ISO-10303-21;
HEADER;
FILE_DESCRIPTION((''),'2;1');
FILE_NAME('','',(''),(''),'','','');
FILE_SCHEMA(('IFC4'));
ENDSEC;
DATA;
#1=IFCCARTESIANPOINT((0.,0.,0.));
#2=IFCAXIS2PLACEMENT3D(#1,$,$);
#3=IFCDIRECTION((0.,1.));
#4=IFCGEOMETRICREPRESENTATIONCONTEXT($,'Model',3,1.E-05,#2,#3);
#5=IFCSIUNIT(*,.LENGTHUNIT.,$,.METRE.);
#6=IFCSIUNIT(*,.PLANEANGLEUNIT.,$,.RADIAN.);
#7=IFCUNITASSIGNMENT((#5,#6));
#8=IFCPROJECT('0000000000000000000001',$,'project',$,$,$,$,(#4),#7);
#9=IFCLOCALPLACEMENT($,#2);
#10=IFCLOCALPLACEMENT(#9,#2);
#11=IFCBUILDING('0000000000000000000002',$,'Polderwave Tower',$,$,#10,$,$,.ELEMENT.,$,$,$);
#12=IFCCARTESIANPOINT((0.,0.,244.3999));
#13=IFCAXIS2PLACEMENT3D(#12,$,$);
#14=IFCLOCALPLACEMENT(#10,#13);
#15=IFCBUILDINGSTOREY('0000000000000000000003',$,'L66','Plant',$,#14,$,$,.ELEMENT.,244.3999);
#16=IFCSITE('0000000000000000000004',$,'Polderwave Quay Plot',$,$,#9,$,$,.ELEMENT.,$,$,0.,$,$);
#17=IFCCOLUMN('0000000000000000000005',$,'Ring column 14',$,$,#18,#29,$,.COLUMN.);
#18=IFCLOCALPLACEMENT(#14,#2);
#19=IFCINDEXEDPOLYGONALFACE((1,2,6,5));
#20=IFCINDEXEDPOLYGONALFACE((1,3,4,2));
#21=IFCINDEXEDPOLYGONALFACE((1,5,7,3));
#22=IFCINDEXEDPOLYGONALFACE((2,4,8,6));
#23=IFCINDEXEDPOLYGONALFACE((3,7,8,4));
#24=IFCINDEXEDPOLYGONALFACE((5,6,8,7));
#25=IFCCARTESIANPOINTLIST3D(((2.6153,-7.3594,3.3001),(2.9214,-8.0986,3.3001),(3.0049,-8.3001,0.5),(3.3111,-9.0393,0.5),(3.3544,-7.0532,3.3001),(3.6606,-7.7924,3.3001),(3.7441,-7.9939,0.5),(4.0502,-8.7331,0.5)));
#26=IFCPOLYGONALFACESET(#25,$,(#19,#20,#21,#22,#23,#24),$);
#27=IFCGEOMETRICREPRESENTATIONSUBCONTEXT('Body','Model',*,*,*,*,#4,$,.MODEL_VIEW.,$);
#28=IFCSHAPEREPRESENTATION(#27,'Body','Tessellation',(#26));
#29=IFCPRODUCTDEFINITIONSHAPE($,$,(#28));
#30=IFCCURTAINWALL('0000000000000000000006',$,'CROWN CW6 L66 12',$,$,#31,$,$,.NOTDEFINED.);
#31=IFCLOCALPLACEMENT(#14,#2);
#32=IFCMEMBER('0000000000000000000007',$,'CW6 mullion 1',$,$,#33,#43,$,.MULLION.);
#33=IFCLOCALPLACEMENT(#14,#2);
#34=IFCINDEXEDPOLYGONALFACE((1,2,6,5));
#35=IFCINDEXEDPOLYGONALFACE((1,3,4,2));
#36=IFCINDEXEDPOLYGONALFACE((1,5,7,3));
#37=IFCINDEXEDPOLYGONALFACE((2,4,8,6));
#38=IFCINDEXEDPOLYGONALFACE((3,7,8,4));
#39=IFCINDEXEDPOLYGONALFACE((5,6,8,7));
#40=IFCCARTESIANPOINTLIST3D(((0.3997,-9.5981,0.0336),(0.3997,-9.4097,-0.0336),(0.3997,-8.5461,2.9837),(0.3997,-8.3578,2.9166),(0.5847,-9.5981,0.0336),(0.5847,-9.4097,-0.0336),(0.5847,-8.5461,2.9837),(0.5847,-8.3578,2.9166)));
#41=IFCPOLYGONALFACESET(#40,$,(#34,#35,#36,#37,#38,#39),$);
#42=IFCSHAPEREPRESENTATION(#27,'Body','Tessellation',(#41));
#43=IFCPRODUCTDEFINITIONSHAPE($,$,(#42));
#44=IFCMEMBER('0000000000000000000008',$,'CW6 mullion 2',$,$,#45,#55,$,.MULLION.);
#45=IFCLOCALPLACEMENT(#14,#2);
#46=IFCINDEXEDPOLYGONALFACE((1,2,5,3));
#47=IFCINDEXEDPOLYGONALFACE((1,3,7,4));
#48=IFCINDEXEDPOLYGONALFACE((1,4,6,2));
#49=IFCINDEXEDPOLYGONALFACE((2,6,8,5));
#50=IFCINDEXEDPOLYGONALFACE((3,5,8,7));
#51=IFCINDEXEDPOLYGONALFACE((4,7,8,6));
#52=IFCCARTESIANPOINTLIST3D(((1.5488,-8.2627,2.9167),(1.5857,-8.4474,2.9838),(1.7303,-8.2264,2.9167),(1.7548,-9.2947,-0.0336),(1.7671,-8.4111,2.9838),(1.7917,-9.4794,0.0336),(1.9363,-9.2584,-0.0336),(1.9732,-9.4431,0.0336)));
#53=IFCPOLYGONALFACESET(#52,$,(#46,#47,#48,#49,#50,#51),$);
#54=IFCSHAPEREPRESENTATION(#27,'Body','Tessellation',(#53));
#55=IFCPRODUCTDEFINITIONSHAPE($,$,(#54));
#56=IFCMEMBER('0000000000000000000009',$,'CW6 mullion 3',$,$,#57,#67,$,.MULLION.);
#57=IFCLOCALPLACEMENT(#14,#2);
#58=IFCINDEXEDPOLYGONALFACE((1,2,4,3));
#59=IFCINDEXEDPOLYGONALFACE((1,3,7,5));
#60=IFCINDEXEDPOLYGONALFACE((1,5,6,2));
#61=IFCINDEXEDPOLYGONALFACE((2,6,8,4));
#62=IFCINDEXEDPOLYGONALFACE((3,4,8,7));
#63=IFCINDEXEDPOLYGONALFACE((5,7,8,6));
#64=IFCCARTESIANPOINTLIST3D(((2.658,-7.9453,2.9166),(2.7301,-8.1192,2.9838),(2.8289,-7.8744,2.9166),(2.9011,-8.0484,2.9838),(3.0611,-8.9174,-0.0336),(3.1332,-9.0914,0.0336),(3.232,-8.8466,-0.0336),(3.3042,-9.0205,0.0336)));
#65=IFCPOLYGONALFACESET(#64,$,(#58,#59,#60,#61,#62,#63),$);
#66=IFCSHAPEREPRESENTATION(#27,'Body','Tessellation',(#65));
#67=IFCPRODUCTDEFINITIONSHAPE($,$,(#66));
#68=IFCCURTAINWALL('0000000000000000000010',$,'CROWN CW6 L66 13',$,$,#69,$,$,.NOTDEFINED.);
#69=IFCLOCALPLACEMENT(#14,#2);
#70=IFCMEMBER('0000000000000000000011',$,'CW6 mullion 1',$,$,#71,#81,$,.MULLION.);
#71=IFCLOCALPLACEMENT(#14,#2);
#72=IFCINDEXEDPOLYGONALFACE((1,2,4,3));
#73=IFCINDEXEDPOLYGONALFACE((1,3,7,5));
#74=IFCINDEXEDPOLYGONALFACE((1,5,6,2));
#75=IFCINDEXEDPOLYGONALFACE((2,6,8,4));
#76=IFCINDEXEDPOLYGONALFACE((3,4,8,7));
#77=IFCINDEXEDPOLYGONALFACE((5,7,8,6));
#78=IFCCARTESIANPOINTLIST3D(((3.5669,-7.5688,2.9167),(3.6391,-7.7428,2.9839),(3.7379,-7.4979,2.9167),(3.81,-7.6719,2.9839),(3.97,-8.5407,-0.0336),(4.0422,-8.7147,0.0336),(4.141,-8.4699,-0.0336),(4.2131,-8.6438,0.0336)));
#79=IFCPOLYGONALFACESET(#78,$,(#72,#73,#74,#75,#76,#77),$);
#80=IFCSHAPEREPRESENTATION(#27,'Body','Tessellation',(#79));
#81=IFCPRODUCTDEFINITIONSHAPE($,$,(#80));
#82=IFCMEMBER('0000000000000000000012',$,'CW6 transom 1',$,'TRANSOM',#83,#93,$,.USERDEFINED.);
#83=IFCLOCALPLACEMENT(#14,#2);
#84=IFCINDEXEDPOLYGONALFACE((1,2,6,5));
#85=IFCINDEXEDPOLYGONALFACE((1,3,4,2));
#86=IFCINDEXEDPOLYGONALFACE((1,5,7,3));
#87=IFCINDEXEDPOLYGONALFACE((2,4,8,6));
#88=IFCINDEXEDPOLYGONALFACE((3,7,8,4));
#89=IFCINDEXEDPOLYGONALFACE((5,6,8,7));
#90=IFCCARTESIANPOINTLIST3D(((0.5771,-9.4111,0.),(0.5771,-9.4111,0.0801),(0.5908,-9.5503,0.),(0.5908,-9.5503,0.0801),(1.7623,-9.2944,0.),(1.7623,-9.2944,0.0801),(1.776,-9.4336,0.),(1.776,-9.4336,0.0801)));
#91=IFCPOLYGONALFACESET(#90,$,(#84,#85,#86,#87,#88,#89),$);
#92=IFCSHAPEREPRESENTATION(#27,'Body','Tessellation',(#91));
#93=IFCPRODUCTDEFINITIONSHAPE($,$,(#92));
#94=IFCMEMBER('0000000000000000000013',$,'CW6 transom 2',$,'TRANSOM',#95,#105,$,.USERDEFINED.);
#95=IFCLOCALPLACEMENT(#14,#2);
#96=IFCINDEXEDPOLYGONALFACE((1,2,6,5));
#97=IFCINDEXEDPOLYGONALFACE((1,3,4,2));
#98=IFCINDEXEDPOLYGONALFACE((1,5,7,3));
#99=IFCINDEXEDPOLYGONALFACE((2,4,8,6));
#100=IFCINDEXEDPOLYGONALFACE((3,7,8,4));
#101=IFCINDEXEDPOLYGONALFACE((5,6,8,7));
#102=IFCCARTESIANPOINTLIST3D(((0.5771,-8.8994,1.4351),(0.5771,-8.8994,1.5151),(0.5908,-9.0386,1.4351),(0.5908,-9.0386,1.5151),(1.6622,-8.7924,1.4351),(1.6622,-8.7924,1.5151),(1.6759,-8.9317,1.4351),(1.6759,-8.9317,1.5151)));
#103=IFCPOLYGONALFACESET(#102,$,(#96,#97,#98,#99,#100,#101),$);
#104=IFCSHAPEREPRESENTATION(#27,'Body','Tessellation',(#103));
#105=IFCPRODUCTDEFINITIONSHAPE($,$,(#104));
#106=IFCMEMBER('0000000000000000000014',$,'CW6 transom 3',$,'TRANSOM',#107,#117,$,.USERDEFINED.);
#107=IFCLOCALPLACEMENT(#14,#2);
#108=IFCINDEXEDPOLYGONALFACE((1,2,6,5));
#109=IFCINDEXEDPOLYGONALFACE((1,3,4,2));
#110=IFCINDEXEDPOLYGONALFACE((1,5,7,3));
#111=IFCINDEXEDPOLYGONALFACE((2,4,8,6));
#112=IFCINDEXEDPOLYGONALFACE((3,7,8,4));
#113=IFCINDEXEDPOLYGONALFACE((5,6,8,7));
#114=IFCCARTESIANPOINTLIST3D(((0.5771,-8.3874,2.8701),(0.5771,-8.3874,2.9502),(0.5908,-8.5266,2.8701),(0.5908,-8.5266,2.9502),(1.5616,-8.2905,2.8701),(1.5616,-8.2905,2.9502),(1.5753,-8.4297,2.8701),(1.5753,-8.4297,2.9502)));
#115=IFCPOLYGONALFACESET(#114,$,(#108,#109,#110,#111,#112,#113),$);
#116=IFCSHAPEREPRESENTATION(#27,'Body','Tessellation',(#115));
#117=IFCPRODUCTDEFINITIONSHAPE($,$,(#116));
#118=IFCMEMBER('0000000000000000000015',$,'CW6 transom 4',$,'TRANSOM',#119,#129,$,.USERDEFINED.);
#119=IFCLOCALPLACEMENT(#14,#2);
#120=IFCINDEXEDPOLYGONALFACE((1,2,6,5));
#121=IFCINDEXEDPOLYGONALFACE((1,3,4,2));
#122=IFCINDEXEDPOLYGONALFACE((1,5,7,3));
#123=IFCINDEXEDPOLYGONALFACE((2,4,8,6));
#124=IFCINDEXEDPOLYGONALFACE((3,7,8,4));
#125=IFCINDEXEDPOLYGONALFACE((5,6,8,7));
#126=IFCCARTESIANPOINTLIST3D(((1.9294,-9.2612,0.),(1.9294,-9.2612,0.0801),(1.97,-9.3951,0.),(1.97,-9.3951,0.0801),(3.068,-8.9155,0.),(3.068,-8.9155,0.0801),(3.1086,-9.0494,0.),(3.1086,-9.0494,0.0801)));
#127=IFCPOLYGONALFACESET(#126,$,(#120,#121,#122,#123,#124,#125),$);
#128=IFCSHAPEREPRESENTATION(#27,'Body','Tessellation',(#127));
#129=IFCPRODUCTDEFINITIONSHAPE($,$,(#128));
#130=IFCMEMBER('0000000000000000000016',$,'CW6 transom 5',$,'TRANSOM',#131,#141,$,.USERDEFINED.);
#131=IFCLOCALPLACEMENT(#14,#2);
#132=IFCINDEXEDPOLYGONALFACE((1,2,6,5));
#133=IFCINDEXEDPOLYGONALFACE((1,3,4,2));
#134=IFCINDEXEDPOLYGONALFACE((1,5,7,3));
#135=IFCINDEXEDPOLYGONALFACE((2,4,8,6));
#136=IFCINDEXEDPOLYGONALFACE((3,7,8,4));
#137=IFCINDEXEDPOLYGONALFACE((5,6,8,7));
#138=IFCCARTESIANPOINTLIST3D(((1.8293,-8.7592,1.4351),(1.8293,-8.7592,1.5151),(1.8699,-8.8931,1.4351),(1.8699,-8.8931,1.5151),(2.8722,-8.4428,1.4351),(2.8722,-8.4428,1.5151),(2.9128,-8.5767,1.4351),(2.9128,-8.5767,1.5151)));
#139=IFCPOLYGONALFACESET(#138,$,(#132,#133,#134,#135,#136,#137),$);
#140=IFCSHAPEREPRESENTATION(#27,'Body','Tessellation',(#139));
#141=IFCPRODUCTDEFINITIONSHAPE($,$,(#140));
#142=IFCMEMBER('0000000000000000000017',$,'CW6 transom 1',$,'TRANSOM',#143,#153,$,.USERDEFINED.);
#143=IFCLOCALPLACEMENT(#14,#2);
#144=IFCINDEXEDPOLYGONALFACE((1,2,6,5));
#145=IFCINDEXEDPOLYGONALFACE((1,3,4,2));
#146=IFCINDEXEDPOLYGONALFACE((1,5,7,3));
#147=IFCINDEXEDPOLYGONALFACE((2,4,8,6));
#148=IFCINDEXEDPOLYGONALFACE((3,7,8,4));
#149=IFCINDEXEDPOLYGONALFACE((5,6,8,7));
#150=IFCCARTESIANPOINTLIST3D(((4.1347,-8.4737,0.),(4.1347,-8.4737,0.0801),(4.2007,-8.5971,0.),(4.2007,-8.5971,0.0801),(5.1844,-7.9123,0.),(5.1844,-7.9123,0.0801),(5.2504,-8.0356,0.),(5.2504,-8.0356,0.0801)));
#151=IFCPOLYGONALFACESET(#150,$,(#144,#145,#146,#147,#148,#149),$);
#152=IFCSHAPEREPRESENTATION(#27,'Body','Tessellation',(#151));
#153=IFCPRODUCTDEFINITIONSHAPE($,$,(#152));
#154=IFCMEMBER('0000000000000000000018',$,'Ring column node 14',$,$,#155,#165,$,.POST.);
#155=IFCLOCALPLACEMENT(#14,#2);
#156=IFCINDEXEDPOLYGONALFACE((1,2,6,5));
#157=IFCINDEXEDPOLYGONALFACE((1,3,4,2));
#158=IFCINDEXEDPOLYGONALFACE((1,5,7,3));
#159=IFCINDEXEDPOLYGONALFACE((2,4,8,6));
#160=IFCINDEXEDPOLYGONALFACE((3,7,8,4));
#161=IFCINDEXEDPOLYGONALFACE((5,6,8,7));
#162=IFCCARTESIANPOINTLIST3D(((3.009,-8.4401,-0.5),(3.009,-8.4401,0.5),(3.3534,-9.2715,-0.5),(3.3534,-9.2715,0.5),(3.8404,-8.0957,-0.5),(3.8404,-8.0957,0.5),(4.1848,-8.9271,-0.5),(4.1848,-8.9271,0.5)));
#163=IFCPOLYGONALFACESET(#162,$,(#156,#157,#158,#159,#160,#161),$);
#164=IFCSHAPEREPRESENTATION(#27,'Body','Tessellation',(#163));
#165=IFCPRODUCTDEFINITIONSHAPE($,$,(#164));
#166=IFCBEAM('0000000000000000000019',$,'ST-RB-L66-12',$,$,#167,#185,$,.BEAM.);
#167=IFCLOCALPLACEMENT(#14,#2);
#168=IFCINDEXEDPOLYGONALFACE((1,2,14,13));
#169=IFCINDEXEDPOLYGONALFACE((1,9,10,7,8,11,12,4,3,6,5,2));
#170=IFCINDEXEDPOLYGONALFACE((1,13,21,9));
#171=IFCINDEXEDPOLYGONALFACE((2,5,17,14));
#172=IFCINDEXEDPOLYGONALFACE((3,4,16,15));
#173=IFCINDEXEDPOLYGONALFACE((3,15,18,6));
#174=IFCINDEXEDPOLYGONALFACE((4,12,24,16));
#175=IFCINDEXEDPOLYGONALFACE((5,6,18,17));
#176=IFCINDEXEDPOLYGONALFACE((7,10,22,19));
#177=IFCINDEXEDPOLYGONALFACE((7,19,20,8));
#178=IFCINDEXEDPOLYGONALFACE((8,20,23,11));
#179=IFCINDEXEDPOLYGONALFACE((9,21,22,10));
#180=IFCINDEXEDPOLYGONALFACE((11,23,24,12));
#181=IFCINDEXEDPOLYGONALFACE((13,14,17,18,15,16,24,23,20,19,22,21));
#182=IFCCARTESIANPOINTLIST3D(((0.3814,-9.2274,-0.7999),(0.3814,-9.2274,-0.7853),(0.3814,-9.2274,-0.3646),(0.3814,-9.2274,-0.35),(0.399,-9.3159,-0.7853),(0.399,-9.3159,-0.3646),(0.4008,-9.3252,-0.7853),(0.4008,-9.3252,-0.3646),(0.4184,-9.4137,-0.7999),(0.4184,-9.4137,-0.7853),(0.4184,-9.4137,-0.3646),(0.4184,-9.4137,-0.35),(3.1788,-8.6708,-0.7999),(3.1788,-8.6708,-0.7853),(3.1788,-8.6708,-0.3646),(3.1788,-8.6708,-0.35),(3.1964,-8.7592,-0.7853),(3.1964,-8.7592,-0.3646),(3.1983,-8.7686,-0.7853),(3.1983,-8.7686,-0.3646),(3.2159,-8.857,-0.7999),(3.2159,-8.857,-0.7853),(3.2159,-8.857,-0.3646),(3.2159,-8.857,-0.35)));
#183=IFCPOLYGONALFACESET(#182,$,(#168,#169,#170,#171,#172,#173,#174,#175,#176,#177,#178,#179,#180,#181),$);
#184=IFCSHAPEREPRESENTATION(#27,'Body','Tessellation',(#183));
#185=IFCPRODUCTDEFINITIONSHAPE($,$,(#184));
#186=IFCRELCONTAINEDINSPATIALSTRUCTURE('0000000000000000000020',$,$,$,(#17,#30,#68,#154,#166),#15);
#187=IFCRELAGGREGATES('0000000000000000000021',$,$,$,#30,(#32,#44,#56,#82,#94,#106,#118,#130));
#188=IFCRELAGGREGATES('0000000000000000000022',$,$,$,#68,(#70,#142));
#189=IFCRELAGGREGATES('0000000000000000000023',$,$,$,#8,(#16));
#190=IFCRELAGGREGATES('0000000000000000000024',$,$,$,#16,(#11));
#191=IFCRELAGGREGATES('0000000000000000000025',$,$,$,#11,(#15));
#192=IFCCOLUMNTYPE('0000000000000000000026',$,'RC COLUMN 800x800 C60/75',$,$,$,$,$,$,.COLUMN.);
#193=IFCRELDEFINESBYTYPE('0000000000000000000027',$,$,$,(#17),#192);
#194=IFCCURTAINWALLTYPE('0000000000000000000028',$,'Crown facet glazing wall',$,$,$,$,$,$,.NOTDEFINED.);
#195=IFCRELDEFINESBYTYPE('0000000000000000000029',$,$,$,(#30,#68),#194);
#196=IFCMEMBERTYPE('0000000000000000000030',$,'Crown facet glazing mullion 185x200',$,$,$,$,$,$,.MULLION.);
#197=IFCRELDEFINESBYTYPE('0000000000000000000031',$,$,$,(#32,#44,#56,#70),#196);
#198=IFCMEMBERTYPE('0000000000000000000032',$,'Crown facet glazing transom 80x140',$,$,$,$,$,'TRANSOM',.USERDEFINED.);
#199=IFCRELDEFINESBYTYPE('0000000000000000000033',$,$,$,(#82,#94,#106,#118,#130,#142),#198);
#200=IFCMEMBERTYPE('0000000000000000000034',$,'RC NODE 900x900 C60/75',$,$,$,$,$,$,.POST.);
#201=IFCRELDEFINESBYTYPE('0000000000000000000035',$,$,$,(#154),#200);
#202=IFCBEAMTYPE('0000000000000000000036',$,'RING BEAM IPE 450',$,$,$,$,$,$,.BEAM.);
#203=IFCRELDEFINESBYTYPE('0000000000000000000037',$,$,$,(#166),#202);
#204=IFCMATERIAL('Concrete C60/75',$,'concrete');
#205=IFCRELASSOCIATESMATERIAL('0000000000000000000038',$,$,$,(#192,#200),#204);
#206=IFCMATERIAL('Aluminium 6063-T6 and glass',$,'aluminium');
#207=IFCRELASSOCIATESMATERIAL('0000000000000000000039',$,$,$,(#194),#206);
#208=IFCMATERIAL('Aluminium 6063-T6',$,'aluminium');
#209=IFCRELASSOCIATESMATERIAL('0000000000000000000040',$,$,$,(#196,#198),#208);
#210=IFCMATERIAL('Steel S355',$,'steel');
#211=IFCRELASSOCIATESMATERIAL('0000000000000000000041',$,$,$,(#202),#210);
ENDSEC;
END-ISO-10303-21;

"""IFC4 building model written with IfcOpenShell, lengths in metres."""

from ifc_helpers import new_model, si_unit, direction, frame, origin, origin_2d, place, context, subcontext, project, spatial, rectangle, i_section, extrude, material, material_profile, profile_set, type_object, element, aggregate, save


model = new_model("IFC4")

# Units and contexts
model_context = context("Model", 3, precision=1e-05, world=origin(), true_north=direction((0.0, 1.0)))
body_context = subcontext(model_context, "Body", "Model", "MODEL_VIEW")
ifc_project = project(units=[si_unit("LENGTHUNIT", "METRE"), si_unit("PLANEANGLEUNIT", "RADIAN")], contexts=[model_context])

# Site, building, storey
site_placement = place(None, origin())
site = spatial("IfcSite", under=ifc_project, at=site_placement, Name="Polderwave Quay Plot", CompositionType="ELEMENT", RefElevation=0.0)
building_placement = place(site_placement, origin())
building = spatial("IfcBuilding", under=site, at=building_placement, Name="Polderwave Tower", CompositionType="ELEMENT")
storey_placement = place(building_placement, frame((0.0, 0.0, 244.3999)))
storey = spatial("IfcBuildingStorey", under=building, at=storey_placement, Name="L66", Description="Plant", CompositionType="ELEMENT", Elevation=244.3999)

# Column
ifc_material_1 = material(Name="Concrete C60/75", Category="concrete")
ifc_material_profile_1 = material_profile(ifc_material_1, rectangle(XDim=0.8, YDim=0.8, at=origin_2d()), Name="RC 800x800")
ifc_profile_set_1 = profile_set([ifc_material_profile_1], Name="Concrete C60/75")
column_type = type_object("IfcColumnType", Name="RC COLUMN 800x800 C60/75", PredefinedType="COLUMN", material=ifc_profile_set_1)
column_placement = place(storey_placement, frame((3.5276, -8.5166, 0.5), z_axis=(0.0, 0.0, 1.0), x_axis=(-0.923877, -0.382691, 0.0)))
element("IfcColumn", 1, at=column_placement, inside=storey, type_object=column_type, Name="Ring column 14", PredefinedType="COLUMN", context=body_context, shape_type="SweptSolid", body=[
    extrude(rectangle(XDim=0.8, YDim=0.8, at=origin_2d()), origin(), (0.0, -0.341738, 0.939795), 2.9795),
])

# Curtain wall, members
ifc_material_2 = material(Name="Aluminium 6063-T6 and glass", Category="aluminium")
curtain_wall_type = type_object("IfcCurtainWallType", Name="Crown facet glazing wall", PredefinedType="NOTDEFINED", material=ifc_material_2)
curtain_wall_1_placement = place(storey_placement, origin())
curtain_wall_1 = element("IfcCurtainWall", 2, at=curtain_wall_1_placement, inside=storey, type_object=curtain_wall_type, Name="CROWN CW6 L66 12", PredefinedType="NOTDEFINED")
ifc_material_3 = material(Name="Aluminium 6063-T6", Category="aluminium")
ifc_material_profile_2 = material_profile(ifc_material_3, rectangle(XDim=0.1851, YDim=0.2, at=origin_2d()), Name="AL 185x200")
ifc_profile_set_2 = profile_set([ifc_material_profile_2], Name="Aluminium 6063-T6")
member_type_1 = type_object("IfcMemberType", Name="Crown facet glazing mullion 185x200", PredefinedType="MULLION", material=ifc_profile_set_2)
member_1_placement = place(storey_placement, frame((0.4922, -9.5039, 0.0), z_axis=(0.0, 0.335872, 0.941908), x_axis=(-1.0, 0.0, 0.0)))
member_1 = element("IfcMember", 3, at=member_1_placement, type_object=member_type_1, Name="CW6 mullion 1", PredefinedType="MULLION", context=body_context, shape_type="SweptSolid", body=[
    extrude(rectangle(XDim=0.1851, YDim=0.2, at=origin_2d()), origin(), (0.0, 0.0, 1.0), 3.1321),
])
member_2_placement = place(storey_placement, frame((1.864, -9.3689, 0.0), z_axis=(-0.065785, 0.329468, 0.941872), x_axis=(-0.980643, -0.195804, 0.0)))
member_2 = element("IfcMember", 4, at=member_2_placement, type_object=member_type_1, Name="CW6 mullion 2", PredefinedType="MULLION", context=body_context, shape_type="SweptSolid", body=[
    extrude(rectangle(XDim=0.1851, YDim=0.2, at=origin_2d()), origin(), (0.0, 0.0, 1.0), 3.1323),
])
member_3_placement = place(storey_placement, frame((3.1826, -8.969, 0.0), z_axis=(-0.128684, 0.31037, 0.941866), x_axis=(-0.923748, -0.383001, 0.0)))
member_3 = element("IfcMember", 5, at=member_3_placement, type_object=member_type_1, Name="CW6 mullion 3", PredefinedType="MULLION", context=body_context, shape_type="SweptSolid", body=[
    extrude(rectangle(XDim=0.1851, YDim=0.2, at=origin_2d()), origin(), (0.0, 0.0, 1.0), 3.1323),
])

# Curtain wall, member
curtain_wall_2_placement = place(storey_placement, origin())
curtain_wall_2 = element("IfcCurtainWall", 6, at=curtain_wall_2_placement, inside=storey, type_object=curtain_wall_type, Name="CROWN CW6 L66 13", PredefinedType="NOTDEFINED")
member_4_placement = place(storey_placement, frame((4.0916, -8.5923, 0.0), z_axis=(-0.128687, 0.310299, 0.941888), x_axis=(-0.923714, -0.383083, 0.0)))
member_4 = element("IfcMember", 7, at=member_4_placement, type_object=member_type_1, Name="CW6 mullion 1", PredefinedType="MULLION", context=body_context, shape_type="SweptSolid", body=[
    extrude(rectangle(XDim=0.1851, YDim=0.2, at=origin_2d()), origin(), (0.0, 0.0, 1.0), 3.1323),
])

# Members
ifc_material_profile_3 = material_profile(ifc_material_3, rectangle(XDim=0.1399, YDim=0.0801, at=origin_2d()), Name="AL 80x140")
ifc_profile_set_3 = profile_set([ifc_material_profile_3], Name="Aluminium 6063-T6")
member_type_2 = type_object("IfcMemberType", Name="Crown facet glazing transom 80x140", ElementType="TRANSOM", PredefinedType="USERDEFINED", material=ifc_profile_set_3)
member_5_placement = place(storey_placement, frame((0.584, -9.4807, 0.04), z_axis=(0.995188, 0.097981, 0.0), x_axis=(-0.097981, 0.995188, 0.0)))
member_5 = element("IfcMember", 8, at=member_5_placement, type_object=member_type_2, Name="CW6 transom 1", ObjectType="TRANSOM", PredefinedType="USERDEFINED", context=body_context, shape_type="SweptSolid", body=[
    extrude(rectangle(XDim=0.1399, YDim=0.0801, at=origin_2d()), origin(), (0.0, 0.0, 1.0), 1.1909),
])
member_6_placement = place(storey_placement, frame((0.584, -8.969, 1.4751), z_axis=(0.995178, 0.098085, 0.0), x_axis=(-0.098085, 0.995178, 0.0)))
member_6 = element("IfcMember", 9, at=member_6_placement, type_object=member_type_2, Name="CW6 transom 2", ObjectType="TRANSOM", PredefinedType="USERDEFINED", context=body_context, shape_type="SweptSolid", body=[
    extrude(rectangle(XDim=0.1399, YDim=0.0801, at=origin_2d()), origin(), (0.0, 0.0, 1.0), 1.0903),
])
member_7_placement = place(storey_placement, frame((0.584, -8.457, 2.9102), z_axis=(0.99519, 0.097964, 0.0), x_axis=(-0.097964, 0.99519, 0.0)))
member_7 = element("IfcMember", 10, at=member_7_placement, type_object=member_type_2, Name="CW6 transom 3", ObjectType="TRANSOM", PredefinedType="USERDEFINED", context=body_context, shape_type="SweptSolid", body=[
    extrude(rectangle(XDim=0.1399, YDim=0.0801, at=origin_2d()), origin(), (0.0, 0.0, 1.0), 0.9893),
])
member_8_placement = place(storey_placement, frame((1.9497, -9.3281, 0.04), z_axis=(0.956872, 0.290508, 0.0), x_axis=(-0.290508, 0.956872, 0.0)))
member_8 = element("IfcMember", 11, at=member_8_placement, type_object=member_type_2, Name="CW6 transom 4", ObjectType="TRANSOM", PredefinedType="USERDEFINED", context=body_context, shape_type="SweptSolid", body=[
    extrude(rectangle(XDim=0.1399, YDim=0.0801, at=origin_2d()), origin(), (0.0, 0.0, 1.0), 1.1899),
])
member_9_placement = place(storey_placement, frame((1.8496, -8.8262, 1.4751), z_axis=(0.956934, 0.290306, 0.0), x_axis=(-0.290306, 0.956934, 0.0)))
member_9 = element("IfcMember", 12, at=member_9_placement, type_object=member_type_2, Name="CW6 transom 5", ObjectType="TRANSOM", PredefinedType="USERDEFINED", context=body_context, shape_type="SweptSolid", body=[
    extrude(rectangle(XDim=0.1399, YDim=0.0801, at=origin_2d()), origin(), (0.0, 0.0, 1.0), 1.0898),
])
member_10_placement = place(storey_placement, frame((4.1677, -8.5354, 0.04), z_axis=(0.881785, 0.471652, 0.0), x_axis=(-0.471652, 0.881785, 0.0)))
member_10 = element("IfcMember", 13, at=member_10_placement, type_object=member_type_2, Name="CW6 transom 1", ObjectType="TRANSOM", PredefinedType="USERDEFINED", context=body_context, shape_type="SweptSolid", body=[
    extrude(rectangle(XDim=0.1399, YDim=0.0801, at=origin_2d()), origin(), (0.0, 0.0, 1.0), 1.1904),
])
ifc_material_profile_4 = material_profile(ifc_material_1, rectangle(XDim=0.8999, YDim=0.8999, at=origin_2d()), Name="RC 900x900")
ifc_profile_set_4 = profile_set([ifc_material_profile_4], Name="Concrete C60/75")
member_type_3 = type_object("IfcMemberType", Name="RC NODE 900x900 C60/75", PredefinedType="POST", material=ifc_profile_set_4)
member_11_placement = place(storey_placement, frame((3.5969, -8.6836, -0.5), z_axis=(0.0, 0.0, 1.0), x_axis=(0.382683, -0.92388, 0.0)))
element("IfcMember", 14, at=member_11_placement, inside=storey, type_object=member_type_3, Name="Ring column node 14", PredefinedType="POST", context=body_context, shape_type="SweptSolid", body=[
    extrude(rectangle(XDim=0.8999, YDim=0.8999, at=origin_2d()), origin(), (0.0, 0.0, 1.0), 1.0),
])

# Beam
ifc_material_4 = material(Name="Steel S355", Category="steel")
ifc_material_profile_5 = material_profile(ifc_material_4, i_section(OverallWidth=0.1899, OverallDepth=0.45, WebThickness=0.0095, FlangeThickness=0.0146, at=origin_2d()), Name="IPE 450")
ifc_profile_set_5 = profile_set([ifc_material_profile_5], Name="Steel S355")
beam_type = type_object("IfcBeamType", Name="RING BEAM IPE 450", PredefinedType="BEAM", material=ifc_profile_set_5)
beam_1_placement = place(storey_placement, frame((0.3999, -9.3206, -0.575), z_axis=(0.980771, 0.195161, 0.0), x_axis=(-0.195161, 0.980771, 0.0)))
element("IfcBeam", 15, at=beam_1_placement, inside=storey, type_object=beam_type, Name="ST-RB-L66-12", PredefinedType="BEAM", context=body_context, shape_type="SweptSolid", body=[
    extrude(i_section(OverallWidth=0.1899, OverallDepth=0.45, WebThickness=0.0095, FlangeThickness=0.0146, at=origin_2d()), origin(), (0.0, 0.0, 1.0), 2.8523),
])

aggregate(curtain_wall_1, [member_1, member_2, member_3, member_5, member_6, member_7, member_8, member_9])
aggregate(curtain_wall_2, [member_4, member_10])

save(model, "model.ifc")
